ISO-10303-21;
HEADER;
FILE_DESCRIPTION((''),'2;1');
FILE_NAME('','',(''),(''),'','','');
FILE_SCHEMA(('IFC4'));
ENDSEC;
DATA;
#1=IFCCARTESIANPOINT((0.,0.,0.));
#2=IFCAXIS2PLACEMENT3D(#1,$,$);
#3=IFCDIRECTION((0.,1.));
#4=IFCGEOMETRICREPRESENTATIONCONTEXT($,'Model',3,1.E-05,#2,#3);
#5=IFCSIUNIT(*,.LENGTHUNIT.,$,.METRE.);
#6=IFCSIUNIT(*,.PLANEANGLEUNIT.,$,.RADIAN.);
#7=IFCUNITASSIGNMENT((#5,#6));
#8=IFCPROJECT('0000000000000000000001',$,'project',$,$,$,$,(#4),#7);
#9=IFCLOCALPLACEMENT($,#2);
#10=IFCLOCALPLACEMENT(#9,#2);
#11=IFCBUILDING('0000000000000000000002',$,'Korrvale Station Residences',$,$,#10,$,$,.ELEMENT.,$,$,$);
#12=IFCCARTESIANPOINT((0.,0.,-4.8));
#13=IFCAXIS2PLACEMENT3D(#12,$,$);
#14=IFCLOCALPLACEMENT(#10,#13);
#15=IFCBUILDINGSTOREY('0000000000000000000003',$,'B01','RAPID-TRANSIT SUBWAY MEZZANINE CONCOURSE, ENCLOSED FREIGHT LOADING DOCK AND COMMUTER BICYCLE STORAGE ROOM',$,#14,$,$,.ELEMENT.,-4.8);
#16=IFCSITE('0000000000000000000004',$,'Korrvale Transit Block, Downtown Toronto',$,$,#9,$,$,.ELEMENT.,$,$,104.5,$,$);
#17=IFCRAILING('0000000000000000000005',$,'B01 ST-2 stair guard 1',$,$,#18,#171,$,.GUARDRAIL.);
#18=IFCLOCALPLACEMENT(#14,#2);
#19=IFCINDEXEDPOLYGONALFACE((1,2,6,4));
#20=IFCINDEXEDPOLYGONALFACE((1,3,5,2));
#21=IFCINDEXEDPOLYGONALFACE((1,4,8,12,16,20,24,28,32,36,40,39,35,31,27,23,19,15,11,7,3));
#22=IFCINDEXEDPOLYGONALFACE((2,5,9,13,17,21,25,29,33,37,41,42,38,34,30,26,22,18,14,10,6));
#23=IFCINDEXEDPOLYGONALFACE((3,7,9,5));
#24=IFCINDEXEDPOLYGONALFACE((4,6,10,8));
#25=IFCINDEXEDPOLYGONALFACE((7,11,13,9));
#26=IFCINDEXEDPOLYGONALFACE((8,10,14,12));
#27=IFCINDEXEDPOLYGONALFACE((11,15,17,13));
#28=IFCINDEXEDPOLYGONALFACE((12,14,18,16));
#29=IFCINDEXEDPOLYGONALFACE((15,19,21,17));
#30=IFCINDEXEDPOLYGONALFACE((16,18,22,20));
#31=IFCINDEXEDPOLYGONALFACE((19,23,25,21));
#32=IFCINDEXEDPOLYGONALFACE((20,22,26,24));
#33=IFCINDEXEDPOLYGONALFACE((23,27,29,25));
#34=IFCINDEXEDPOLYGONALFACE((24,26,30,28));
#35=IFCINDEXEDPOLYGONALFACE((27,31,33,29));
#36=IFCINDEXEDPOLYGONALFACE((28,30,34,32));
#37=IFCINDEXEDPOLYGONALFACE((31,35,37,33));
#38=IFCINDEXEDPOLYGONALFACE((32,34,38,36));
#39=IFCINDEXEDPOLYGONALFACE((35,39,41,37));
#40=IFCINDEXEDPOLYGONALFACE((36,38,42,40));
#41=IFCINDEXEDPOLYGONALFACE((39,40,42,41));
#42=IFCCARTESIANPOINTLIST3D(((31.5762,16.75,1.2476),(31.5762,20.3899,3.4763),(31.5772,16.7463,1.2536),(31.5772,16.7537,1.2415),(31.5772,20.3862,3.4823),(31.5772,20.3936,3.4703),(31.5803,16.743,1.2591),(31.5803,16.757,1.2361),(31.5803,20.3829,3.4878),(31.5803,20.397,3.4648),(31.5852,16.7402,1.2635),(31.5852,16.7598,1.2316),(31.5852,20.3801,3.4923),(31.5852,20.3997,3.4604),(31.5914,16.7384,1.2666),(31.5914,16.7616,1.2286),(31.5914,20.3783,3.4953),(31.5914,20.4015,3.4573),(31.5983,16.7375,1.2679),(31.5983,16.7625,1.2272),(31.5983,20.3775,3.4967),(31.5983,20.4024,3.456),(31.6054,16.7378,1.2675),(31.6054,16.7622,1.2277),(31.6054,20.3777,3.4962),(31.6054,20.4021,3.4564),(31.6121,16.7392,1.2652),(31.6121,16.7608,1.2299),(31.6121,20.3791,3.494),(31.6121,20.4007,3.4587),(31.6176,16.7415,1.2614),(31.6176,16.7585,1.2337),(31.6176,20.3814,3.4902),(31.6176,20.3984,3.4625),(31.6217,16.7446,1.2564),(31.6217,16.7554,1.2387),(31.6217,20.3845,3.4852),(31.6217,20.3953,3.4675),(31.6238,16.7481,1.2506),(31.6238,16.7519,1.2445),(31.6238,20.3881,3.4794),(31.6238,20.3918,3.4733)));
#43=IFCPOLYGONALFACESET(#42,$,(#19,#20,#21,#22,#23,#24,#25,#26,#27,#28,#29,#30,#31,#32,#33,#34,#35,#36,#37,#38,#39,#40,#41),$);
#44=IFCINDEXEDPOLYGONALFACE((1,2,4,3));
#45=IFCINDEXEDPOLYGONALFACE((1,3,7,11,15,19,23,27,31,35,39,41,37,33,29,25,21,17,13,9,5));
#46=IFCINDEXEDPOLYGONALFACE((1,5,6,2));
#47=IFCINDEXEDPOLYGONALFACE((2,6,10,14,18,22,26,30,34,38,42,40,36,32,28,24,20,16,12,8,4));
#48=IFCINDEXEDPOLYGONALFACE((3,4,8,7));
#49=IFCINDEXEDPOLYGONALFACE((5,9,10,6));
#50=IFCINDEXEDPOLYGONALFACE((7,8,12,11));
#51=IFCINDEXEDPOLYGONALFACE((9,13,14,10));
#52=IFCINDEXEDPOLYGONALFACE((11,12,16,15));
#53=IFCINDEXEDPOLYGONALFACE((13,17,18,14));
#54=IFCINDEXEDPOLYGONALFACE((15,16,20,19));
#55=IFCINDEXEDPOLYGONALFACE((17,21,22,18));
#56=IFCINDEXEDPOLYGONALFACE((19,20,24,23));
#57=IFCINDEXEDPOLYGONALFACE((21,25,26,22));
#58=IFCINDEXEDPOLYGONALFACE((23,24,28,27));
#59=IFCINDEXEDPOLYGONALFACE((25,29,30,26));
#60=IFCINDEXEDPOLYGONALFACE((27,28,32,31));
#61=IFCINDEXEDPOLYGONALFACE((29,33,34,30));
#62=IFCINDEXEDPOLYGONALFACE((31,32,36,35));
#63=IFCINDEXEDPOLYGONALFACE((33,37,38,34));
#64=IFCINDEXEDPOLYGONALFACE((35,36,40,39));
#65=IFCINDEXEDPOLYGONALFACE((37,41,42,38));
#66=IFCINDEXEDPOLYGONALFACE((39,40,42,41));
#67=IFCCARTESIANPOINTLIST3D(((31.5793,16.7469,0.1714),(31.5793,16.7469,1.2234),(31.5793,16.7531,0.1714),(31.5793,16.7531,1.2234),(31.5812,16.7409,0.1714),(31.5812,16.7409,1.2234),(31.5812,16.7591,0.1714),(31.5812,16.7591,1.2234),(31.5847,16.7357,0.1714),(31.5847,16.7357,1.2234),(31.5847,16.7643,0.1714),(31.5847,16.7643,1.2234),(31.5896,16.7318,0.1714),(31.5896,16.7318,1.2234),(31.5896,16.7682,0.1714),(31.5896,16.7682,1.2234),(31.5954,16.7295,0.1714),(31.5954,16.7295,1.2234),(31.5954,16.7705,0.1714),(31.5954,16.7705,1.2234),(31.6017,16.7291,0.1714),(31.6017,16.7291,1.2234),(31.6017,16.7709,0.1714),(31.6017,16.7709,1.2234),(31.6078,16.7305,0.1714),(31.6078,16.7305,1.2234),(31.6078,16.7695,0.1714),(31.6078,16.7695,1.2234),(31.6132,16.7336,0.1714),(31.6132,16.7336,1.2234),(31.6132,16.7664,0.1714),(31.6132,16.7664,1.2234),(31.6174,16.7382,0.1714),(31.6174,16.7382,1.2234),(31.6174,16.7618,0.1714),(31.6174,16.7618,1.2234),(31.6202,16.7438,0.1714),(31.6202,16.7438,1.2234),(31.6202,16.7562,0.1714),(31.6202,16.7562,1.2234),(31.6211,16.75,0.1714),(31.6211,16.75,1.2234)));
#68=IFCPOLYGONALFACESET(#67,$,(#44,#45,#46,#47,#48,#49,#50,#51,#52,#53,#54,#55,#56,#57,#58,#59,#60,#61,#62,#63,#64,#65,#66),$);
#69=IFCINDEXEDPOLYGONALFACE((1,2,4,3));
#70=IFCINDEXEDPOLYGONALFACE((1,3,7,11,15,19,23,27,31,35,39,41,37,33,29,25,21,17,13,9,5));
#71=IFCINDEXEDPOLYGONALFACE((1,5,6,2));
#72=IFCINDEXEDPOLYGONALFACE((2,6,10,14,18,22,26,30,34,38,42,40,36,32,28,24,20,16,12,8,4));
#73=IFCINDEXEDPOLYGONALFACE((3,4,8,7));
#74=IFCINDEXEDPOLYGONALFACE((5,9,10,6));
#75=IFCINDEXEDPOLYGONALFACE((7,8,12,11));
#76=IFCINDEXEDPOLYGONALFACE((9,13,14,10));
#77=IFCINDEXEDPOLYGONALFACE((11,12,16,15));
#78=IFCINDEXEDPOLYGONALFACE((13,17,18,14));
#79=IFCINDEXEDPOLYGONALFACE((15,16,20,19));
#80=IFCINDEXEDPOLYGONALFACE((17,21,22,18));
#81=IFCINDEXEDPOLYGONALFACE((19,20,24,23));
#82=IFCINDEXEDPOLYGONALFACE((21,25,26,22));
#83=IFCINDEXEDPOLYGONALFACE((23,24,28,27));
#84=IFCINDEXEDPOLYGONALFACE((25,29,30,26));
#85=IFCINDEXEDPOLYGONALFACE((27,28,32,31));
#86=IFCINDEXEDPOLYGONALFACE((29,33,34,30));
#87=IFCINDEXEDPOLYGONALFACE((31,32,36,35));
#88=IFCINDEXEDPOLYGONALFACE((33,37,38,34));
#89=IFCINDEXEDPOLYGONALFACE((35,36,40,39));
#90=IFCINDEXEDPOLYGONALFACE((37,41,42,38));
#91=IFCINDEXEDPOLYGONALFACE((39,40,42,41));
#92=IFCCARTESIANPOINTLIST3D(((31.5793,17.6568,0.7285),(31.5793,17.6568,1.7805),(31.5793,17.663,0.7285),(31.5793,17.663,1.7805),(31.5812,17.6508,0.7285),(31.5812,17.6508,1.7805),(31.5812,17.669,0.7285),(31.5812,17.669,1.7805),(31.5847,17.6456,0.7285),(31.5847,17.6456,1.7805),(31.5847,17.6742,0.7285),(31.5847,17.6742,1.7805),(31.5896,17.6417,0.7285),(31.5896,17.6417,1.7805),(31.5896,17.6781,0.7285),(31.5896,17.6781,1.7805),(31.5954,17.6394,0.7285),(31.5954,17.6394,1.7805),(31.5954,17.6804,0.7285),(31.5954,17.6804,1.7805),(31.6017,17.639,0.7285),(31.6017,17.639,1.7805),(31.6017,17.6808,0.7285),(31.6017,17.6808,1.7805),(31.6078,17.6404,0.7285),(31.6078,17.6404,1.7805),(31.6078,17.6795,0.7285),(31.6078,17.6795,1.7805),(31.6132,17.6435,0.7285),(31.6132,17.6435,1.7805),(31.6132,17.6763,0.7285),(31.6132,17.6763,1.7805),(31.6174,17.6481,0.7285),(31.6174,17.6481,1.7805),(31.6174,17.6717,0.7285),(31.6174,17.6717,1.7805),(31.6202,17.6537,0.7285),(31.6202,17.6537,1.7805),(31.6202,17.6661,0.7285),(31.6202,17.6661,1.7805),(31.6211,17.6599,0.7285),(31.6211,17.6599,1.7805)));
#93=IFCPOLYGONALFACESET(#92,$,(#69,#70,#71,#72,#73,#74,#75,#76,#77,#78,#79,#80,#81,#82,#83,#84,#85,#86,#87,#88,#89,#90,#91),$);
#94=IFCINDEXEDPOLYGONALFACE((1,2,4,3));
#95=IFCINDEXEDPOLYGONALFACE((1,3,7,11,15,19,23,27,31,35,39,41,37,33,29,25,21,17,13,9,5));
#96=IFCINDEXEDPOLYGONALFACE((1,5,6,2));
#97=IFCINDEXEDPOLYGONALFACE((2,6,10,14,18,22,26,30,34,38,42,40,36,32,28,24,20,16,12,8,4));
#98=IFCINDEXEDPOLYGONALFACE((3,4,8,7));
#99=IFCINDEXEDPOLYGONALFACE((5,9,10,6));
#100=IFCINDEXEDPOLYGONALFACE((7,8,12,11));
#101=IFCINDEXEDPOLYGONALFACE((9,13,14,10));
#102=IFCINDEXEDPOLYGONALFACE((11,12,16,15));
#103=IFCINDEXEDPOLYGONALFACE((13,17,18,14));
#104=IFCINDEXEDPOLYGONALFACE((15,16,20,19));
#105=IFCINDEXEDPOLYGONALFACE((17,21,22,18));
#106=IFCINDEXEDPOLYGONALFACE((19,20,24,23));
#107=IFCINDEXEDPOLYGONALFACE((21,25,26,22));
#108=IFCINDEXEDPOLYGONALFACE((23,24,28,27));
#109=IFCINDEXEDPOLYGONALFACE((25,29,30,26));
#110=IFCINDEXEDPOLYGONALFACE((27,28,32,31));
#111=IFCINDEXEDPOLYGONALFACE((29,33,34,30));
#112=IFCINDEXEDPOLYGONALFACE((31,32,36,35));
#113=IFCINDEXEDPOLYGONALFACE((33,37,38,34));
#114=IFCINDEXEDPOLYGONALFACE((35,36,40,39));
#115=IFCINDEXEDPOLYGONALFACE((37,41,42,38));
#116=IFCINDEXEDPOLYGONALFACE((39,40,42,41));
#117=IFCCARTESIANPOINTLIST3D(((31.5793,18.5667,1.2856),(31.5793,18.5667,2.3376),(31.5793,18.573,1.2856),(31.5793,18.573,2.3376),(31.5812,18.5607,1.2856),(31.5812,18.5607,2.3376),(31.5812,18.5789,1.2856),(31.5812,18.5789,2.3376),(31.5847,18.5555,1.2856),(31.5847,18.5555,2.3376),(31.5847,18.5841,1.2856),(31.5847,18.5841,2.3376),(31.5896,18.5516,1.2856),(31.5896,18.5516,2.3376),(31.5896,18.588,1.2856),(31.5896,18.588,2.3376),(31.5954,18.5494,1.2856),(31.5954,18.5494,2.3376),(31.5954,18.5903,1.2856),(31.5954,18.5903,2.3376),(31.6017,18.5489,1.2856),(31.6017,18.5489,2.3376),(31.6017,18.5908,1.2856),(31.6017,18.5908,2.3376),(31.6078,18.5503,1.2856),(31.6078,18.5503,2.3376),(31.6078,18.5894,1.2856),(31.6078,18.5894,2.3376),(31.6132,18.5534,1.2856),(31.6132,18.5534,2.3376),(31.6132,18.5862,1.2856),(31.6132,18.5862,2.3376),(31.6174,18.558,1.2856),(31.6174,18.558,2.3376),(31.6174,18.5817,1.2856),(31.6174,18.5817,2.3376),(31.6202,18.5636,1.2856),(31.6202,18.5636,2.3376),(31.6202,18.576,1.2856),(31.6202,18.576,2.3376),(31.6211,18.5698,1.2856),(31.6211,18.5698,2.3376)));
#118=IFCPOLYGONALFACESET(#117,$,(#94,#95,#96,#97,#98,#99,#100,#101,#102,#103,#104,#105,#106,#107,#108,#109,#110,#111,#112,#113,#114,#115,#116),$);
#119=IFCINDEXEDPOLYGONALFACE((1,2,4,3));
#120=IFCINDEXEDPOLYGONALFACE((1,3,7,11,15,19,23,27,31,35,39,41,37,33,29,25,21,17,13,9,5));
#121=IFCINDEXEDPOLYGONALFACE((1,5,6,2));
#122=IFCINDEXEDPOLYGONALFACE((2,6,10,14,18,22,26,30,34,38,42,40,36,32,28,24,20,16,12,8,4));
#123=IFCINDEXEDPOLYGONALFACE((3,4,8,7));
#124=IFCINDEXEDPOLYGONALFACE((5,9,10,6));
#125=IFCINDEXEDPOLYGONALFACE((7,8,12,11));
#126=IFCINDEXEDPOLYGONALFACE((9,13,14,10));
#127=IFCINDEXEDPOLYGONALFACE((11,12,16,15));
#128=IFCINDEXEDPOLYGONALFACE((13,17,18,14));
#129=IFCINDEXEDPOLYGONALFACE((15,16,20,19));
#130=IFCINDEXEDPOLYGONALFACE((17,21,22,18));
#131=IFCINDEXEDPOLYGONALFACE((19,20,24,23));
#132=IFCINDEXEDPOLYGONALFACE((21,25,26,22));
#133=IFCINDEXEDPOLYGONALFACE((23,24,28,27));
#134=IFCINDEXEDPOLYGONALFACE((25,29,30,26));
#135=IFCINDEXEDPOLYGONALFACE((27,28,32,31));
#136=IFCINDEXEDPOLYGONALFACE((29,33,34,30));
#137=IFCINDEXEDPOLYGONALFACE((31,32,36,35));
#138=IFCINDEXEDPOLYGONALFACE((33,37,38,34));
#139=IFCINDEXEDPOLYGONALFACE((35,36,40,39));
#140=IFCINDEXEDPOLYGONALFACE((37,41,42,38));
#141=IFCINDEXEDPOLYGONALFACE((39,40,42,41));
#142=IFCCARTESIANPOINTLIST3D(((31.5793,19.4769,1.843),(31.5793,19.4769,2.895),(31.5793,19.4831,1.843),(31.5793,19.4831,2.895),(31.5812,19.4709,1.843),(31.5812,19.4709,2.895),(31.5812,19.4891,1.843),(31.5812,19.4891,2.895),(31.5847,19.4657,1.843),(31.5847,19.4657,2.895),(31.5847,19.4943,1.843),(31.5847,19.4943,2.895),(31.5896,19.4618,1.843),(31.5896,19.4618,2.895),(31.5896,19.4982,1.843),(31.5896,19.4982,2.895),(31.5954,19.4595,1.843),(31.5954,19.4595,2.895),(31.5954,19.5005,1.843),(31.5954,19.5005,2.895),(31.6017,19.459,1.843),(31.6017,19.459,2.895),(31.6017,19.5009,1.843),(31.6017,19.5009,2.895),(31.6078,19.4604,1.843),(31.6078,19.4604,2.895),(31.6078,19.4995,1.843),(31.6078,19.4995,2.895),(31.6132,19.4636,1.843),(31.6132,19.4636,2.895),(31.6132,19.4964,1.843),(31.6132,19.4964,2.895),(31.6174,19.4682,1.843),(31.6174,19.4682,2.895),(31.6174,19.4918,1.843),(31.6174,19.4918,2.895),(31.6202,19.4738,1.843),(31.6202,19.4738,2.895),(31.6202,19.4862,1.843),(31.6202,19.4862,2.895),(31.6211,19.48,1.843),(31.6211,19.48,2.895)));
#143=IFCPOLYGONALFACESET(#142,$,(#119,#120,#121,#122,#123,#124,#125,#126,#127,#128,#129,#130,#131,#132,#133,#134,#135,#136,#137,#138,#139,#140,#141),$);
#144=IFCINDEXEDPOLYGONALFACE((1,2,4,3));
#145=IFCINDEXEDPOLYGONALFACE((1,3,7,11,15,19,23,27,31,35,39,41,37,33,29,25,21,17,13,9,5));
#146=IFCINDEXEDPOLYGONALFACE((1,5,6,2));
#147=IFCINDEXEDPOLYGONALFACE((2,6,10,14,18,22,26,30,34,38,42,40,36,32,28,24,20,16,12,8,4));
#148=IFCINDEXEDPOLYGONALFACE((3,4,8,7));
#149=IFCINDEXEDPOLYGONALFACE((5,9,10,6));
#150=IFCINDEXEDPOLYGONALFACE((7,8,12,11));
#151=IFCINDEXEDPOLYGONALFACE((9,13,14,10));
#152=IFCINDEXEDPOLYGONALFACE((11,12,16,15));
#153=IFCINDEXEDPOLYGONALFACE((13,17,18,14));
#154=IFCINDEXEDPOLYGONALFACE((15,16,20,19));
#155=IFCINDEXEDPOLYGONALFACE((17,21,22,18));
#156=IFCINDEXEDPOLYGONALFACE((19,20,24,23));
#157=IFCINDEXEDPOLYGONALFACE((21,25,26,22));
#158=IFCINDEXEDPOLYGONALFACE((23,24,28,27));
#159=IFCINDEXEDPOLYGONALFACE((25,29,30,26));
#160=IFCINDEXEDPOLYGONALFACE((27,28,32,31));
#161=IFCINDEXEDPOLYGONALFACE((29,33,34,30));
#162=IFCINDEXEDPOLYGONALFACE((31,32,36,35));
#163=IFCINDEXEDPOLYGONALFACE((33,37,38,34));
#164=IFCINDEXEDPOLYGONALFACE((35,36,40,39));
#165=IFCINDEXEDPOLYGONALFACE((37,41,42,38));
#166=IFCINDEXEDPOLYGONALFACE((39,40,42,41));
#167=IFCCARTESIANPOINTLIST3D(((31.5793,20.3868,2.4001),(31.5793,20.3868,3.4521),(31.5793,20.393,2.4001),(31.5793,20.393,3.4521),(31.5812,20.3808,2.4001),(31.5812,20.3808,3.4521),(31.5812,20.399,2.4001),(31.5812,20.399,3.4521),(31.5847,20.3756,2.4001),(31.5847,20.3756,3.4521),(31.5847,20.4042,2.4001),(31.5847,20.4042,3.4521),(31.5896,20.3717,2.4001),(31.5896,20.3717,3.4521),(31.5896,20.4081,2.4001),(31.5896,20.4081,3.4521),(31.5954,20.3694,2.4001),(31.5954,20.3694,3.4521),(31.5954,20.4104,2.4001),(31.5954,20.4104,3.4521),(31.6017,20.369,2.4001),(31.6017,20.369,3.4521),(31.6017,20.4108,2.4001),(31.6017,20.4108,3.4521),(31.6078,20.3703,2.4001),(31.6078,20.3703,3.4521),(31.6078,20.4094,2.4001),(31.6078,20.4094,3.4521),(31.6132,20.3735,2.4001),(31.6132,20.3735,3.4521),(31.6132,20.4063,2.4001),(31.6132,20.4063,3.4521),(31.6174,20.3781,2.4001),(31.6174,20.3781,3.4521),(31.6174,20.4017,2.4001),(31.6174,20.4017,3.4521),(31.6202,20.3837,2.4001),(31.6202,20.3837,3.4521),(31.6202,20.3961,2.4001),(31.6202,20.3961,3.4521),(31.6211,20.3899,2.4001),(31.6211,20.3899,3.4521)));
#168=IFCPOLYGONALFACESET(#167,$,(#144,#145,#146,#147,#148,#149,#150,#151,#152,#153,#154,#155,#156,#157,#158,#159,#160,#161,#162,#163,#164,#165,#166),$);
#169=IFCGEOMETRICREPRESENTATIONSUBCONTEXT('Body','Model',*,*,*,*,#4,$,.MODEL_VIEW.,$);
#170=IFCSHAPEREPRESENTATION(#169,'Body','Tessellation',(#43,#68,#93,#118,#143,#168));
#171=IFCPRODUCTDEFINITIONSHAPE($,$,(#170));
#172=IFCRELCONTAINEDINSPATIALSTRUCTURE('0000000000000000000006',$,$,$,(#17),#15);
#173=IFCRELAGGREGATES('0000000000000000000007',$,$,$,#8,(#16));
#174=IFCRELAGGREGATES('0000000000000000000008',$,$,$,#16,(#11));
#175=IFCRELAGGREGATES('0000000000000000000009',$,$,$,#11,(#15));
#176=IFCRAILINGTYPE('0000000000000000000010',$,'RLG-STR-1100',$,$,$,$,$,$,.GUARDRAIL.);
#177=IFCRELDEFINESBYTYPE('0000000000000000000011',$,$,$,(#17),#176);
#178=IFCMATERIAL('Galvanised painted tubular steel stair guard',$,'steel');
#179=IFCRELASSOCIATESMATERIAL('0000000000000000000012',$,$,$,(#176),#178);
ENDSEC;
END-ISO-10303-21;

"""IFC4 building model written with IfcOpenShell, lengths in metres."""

from ifc_helpers import new_model, si_unit, direction, frame, origin, origin_2d, place, context, subcontext, project, spatial, circle, extrude, material, type_object, element, save


model = new_model("IFC4")

# Units and contexts
model_context = context("Model", 3, precision=1e-05, world=origin(), true_north=direction((0.0, 1.0)))
body_context = subcontext(model_context, "Body", "Model", "MODEL_VIEW")
ifc_project = project(units=[si_unit("LENGTHUNIT", "METRE"), si_unit("PLANEANGLEUNIT", "RADIAN")], contexts=[model_context])

# Site, building, storey
site_placement = place(None, origin())
site = spatial("IfcSite", under=ifc_project, at=site_placement, Name="Korrvale Transit Block, Downtown Toronto", CompositionType="ELEMENT", RefElevation=104.5)
building_placement = place(site_placement, origin())
building = spatial("IfcBuilding", under=site, at=building_placement, Name="Korrvale Station Residences", CompositionType="ELEMENT")
storey_placement = place(building_placement, frame((0.0, 0.0, -4.8)))
storey = spatial("IfcBuildingStorey", under=building, at=storey_placement, Name="B01", Description="RAPID-TRANSIT SUBWAY MEZZANINE CONCOURSE, ENCLOSED FREIGHT LOADING DOCK AND COMMUTER BICYCLE STORAGE ROOM", CompositionType="ELEMENT", Elevation=-4.8)

# Railing
ifc_material_1 = material(Name="Galvanised painted tubular steel stair guard", Category="steel")
railing_type_1 = type_object("IfcRailingType", Name="RLG-STR-1100", PredefinedType="GUARDRAIL", material=ifc_material_1)
railing_1_placement = place(storey_placement, frame((31.6001, 16.75, 0.1714)))
element("IfcRailing", 1, at=railing_1_placement, inside=storey, type_object=railing_type_1, Name="B01 ST-2 stair guard 1", PredefinedType="GUARDRAIL", context=body_context, shape_type="SweptSolid", body=[
    extrude(circle(Radius=0.0239, at=origin_2d()), frame((0.0, 0.0, 1.0762), z_axis=(0.0, 0.852825, 0.522197), x_axis=(-1.0, 0.0, 0.0)), (0.0, 0.0, 1.0), 4.2681),
    extrude(circle(Radius=0.021, at=origin_2d()), origin(), (0.0, 0.0, 1.0), 1.052),
    extrude(circle(Radius=0.021, at=origin_2d()), frame((0.0, 0.9099, 0.5571)), (0.0, 0.0, 1.0), 1.052),
    extrude(circle(Radius=0.021, at=origin_2d()), frame((0.0, 1.8198, 1.1143)), (0.0, 0.0, 1.0), 1.052),
    extrude(circle(Radius=0.021, at=origin_2d()), frame((0.0, 2.73, 1.6716)), (0.0, 0.0, 1.0), 1.052),
    extrude(circle(Radius=0.021, at=origin_2d()), frame((0.0, 3.6399, 2.2288)), (0.0, 0.0, 1.0), 1.052),
])

save(model, "model.ifc")
